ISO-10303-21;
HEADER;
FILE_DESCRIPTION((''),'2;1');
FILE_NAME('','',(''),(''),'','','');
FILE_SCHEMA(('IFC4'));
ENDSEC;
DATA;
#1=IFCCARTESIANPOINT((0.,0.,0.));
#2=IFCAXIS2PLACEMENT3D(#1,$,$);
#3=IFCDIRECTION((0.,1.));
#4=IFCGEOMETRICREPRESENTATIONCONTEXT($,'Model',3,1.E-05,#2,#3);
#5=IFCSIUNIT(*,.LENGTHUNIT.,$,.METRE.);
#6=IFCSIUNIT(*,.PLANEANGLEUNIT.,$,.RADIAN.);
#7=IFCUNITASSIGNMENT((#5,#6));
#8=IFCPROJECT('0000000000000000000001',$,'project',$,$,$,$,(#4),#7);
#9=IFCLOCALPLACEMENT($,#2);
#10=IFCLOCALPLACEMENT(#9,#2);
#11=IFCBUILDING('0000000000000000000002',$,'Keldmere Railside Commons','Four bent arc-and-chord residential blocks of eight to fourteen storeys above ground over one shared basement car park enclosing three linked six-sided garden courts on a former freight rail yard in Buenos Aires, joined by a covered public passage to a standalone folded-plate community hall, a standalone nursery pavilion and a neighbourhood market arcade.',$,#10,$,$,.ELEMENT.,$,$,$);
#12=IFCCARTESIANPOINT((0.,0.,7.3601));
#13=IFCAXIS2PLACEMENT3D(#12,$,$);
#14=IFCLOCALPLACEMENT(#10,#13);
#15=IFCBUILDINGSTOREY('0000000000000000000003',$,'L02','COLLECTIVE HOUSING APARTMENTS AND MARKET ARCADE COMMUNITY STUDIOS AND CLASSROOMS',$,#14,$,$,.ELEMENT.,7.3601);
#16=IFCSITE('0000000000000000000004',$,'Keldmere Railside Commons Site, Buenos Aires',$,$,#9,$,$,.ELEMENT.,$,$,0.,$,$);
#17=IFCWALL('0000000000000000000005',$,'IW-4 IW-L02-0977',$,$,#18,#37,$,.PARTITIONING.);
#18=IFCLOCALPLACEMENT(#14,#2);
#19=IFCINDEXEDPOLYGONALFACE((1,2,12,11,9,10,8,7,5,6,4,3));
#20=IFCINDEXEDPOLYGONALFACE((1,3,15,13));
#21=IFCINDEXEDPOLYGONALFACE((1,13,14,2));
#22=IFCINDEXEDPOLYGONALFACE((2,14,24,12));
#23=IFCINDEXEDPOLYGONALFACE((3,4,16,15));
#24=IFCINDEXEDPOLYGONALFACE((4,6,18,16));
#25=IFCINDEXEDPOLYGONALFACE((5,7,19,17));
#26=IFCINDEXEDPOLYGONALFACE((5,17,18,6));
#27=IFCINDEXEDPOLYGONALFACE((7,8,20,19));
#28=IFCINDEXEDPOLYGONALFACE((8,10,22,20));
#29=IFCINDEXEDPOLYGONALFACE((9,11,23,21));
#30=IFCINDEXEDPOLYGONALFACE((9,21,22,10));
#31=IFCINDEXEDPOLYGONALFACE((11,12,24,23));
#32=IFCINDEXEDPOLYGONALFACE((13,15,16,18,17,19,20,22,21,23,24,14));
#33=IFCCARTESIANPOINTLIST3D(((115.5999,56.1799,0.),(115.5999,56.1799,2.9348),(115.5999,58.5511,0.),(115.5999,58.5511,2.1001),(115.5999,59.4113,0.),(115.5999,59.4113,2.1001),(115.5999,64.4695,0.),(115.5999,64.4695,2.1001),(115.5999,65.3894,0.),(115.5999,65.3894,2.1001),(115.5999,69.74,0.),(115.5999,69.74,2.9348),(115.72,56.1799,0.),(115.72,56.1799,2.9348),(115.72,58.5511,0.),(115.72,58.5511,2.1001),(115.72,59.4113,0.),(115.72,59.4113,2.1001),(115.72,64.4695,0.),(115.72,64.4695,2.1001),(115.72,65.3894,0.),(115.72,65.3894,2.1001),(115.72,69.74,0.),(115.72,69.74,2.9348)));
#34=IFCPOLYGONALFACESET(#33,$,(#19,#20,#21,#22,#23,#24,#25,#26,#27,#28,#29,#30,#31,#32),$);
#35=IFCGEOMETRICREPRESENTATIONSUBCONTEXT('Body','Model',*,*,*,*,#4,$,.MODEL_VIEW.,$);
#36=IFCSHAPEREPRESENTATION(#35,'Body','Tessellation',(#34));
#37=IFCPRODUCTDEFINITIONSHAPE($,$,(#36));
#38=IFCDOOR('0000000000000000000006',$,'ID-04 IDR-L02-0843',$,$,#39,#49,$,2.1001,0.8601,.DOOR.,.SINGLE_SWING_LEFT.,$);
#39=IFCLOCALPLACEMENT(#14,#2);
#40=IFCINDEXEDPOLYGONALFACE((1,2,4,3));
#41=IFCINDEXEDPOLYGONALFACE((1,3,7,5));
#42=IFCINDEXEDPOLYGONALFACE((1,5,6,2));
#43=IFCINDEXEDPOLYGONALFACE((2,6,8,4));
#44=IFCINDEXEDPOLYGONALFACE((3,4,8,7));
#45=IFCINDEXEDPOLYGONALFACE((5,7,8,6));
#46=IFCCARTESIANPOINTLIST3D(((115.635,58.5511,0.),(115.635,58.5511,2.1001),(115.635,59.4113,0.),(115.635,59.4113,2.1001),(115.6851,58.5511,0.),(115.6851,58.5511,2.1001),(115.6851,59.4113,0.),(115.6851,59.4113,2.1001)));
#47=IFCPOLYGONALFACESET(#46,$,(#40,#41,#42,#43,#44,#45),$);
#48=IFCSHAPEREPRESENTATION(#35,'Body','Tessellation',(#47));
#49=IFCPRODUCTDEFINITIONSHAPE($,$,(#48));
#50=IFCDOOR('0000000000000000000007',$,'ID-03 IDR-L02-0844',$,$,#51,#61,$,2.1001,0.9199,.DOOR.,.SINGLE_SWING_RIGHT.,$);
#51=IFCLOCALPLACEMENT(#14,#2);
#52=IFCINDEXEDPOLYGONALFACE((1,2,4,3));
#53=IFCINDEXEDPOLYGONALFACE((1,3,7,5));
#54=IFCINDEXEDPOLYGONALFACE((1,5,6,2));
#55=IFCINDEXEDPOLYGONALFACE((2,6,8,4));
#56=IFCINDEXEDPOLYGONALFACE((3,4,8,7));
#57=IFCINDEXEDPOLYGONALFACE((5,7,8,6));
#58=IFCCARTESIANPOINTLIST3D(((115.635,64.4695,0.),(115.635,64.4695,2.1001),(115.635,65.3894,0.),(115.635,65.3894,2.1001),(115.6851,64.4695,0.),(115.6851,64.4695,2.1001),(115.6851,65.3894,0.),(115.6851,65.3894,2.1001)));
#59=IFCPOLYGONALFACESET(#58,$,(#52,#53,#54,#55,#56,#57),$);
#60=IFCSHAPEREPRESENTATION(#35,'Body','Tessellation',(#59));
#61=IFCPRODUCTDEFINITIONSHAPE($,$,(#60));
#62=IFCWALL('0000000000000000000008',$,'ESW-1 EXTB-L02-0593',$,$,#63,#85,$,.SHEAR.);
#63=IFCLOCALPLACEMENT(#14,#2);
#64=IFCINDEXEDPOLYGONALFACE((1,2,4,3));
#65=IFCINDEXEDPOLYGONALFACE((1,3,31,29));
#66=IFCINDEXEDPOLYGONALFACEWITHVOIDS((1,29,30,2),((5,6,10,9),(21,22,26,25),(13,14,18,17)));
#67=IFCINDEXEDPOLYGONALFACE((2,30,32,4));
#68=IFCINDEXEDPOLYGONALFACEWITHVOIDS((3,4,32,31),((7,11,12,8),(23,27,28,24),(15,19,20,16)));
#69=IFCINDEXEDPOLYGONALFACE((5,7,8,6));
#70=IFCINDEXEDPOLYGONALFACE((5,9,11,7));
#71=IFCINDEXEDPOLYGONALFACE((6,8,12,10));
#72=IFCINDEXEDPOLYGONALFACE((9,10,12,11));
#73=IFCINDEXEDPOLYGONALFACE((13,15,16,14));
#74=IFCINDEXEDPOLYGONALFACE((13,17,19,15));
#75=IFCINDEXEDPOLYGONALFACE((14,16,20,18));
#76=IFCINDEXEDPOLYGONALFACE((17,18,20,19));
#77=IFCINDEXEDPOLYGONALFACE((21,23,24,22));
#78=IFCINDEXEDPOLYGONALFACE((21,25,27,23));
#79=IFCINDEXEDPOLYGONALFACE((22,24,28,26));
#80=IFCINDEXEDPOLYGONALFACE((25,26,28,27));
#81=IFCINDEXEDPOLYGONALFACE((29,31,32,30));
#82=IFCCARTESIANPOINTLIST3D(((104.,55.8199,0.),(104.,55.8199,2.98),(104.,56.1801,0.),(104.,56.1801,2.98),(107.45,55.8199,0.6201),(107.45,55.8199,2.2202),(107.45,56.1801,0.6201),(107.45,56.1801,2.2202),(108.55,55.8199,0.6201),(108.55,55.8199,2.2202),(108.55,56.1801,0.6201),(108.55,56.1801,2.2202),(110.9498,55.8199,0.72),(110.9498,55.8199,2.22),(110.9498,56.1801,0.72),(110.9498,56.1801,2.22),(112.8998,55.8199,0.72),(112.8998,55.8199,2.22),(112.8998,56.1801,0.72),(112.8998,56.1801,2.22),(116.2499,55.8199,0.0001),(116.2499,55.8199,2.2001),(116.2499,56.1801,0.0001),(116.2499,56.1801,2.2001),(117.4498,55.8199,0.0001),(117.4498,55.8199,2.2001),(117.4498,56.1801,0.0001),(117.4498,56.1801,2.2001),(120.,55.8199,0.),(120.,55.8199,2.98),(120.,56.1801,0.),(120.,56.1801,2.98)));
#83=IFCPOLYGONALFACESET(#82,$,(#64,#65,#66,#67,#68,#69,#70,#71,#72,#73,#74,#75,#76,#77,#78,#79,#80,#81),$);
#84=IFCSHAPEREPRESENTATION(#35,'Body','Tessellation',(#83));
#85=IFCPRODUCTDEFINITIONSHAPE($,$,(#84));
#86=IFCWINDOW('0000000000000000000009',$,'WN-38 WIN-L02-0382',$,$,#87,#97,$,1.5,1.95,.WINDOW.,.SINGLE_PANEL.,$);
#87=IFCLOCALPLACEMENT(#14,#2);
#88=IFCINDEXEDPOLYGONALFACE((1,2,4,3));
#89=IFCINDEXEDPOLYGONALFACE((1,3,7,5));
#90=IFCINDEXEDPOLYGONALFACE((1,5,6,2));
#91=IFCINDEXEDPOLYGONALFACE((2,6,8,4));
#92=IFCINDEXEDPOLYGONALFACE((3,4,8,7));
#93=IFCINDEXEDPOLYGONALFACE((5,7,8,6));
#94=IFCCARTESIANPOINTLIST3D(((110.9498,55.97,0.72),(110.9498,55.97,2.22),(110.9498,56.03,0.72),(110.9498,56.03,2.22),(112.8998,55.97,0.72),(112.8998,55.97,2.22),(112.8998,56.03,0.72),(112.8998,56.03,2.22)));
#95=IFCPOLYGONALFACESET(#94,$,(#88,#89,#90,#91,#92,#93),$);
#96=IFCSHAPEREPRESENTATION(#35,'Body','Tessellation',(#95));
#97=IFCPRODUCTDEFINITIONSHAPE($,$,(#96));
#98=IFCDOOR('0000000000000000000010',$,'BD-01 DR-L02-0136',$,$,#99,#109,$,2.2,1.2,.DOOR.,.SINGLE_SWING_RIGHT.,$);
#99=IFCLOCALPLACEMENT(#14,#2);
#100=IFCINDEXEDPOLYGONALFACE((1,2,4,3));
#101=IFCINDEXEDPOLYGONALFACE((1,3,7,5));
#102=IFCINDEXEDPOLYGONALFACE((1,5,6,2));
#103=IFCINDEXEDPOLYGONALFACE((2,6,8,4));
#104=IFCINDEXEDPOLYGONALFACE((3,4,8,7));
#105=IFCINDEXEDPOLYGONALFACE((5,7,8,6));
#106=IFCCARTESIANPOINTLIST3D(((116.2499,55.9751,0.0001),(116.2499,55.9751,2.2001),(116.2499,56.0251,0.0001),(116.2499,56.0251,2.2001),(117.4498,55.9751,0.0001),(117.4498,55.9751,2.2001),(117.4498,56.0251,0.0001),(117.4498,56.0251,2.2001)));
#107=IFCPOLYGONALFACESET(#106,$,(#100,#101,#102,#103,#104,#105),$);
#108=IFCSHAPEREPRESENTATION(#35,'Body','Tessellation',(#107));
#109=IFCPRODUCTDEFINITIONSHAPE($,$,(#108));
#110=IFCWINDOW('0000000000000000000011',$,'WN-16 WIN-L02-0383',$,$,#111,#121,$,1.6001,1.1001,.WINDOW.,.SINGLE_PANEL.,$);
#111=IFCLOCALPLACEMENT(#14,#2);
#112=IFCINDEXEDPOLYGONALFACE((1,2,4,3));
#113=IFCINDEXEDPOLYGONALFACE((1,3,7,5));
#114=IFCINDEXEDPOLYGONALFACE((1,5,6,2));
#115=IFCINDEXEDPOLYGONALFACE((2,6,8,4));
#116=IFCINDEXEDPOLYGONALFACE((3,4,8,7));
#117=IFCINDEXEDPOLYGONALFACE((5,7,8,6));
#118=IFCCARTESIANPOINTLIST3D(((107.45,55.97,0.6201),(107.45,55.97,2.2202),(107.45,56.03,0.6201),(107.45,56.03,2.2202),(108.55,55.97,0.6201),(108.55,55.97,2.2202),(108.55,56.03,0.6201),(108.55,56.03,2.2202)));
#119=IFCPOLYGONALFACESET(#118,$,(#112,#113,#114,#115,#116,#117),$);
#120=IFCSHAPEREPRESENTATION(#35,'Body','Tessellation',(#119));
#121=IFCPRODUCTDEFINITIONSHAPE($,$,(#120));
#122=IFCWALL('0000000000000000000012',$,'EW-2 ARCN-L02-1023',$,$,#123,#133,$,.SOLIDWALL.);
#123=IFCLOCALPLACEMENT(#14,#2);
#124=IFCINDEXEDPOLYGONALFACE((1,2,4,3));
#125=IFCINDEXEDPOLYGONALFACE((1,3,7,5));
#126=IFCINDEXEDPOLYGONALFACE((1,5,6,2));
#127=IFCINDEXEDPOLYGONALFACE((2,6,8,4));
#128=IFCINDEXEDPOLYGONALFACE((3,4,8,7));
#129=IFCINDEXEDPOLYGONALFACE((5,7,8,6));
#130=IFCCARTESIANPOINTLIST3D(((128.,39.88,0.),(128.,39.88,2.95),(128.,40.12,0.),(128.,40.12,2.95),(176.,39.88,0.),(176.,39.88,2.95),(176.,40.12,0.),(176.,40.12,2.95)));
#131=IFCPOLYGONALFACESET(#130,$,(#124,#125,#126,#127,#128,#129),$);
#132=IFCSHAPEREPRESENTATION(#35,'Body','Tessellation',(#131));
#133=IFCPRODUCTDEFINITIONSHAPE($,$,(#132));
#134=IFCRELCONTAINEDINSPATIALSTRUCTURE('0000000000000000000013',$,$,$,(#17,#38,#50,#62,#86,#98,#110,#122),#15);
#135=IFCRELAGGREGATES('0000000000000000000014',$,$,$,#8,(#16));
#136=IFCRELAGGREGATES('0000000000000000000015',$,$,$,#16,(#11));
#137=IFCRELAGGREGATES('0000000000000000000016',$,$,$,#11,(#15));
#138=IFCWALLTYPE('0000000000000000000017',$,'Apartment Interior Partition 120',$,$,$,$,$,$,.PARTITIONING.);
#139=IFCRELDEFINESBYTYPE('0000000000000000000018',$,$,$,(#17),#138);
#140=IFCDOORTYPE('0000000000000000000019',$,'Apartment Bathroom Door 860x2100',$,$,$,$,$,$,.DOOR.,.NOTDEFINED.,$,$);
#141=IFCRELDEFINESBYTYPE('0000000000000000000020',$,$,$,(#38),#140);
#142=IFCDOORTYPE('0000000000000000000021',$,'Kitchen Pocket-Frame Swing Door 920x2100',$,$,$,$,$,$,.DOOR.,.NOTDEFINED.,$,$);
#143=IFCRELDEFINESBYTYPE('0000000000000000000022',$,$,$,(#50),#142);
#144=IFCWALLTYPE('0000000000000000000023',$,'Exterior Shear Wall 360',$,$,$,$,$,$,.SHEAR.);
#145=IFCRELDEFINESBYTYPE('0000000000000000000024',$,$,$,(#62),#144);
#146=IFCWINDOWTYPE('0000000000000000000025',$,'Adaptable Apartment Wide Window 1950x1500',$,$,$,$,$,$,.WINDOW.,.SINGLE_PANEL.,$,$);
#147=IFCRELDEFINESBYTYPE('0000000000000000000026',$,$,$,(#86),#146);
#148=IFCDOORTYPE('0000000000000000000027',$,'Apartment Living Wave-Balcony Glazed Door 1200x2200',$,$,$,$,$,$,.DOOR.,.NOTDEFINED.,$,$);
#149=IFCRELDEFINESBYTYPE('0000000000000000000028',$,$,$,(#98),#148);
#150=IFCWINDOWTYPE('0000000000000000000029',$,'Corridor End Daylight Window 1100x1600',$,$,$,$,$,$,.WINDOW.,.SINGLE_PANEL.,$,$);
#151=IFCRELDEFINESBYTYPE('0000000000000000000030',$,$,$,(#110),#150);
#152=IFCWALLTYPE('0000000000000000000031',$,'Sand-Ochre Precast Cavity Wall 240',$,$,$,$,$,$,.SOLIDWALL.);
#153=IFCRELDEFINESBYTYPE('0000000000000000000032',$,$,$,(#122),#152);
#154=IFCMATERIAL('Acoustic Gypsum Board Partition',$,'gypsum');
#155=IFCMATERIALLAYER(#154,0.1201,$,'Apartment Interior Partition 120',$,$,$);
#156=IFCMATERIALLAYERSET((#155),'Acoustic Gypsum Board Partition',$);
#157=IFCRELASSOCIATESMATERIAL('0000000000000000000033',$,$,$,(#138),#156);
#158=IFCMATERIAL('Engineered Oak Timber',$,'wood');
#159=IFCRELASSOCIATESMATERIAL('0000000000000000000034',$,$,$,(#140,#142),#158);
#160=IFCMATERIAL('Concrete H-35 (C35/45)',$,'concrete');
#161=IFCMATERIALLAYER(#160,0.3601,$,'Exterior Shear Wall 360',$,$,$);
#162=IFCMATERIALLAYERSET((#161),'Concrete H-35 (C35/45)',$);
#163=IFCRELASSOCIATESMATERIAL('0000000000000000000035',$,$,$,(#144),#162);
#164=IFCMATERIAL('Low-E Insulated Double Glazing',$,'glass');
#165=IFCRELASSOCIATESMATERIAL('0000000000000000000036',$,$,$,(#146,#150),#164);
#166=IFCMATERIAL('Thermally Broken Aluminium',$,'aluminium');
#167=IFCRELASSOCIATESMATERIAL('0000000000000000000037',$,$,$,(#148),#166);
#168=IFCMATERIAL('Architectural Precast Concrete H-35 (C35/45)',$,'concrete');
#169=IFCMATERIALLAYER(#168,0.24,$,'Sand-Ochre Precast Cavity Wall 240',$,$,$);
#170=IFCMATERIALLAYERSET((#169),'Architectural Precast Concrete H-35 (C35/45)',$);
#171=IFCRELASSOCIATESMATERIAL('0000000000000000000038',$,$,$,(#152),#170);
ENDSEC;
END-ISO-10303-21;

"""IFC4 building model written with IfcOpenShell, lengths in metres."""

from ifc_helpers import new_model, si_unit, direction, frame, frame_2d, origin, place, context, subcontext, project, spatial, rectangle, extrude, material, layer, layer_set, type_object, element, fill, save


model = new_model("IFC4")

# Units and contexts
model_context = context("Model", 3, precision=1e-05, world=origin(), true_north=direction((0.0, 1.0)))
body_context = subcontext(model_context, "Body", "Model", "MODEL_VIEW")
ifc_project = project(units=[si_unit("LENGTHUNIT", "METRE"), si_unit("PLANEANGLEUNIT", "RADIAN")], contexts=[model_context])

# Site, building, storey
site_placement = place(None, origin())
site = spatial("IfcSite", under=ifc_project, at=site_placement, Name="Keldmere Railside Commons Site, Buenos Aires", CompositionType="ELEMENT", RefElevation=0.0)
building_placement = place(site_placement, origin())
building = spatial("IfcBuilding", under=site, at=building_placement, Name="Keldmere Railside Commons", Description="Four bent arc-and-chord residential blocks of eight to fourteen storeys above ground over one shared basement car park enclosing three linked six-sided garden courts on a former freight rail yard in Buenos Aires, joined by a covered public passage to a standalone folded-plate community hall, a standalone nursery pavilion and a neighbourhood market arcade.", CompositionType="ELEMENT")
storey_placement = place(building_placement, frame((0.0, 0.0, 7.3601)))
storey = spatial("IfcBuildingStorey", under=building, at=storey_placement, Name="L02", Description="COLLECTIVE HOUSING APARTMENTS AND MARKET ARCADE COMMUNITY STUDIOS AND CLASSROOMS", CompositionType="ELEMENT", Elevation=7.3601)

# Shared definitions
ifc_material_1 = material(Name="Thermally Broken Aluminium", Category="aluminium")
ifc_material_2 = material(Name="Low-E Insulated Double Glazing", Category="glass")

# Wall, openings, doors
ifc_material_3 = material(Name="Acoustic Gypsum Board Partition", Category="gypsum")
ifc_layer_1 = layer(ifc_material_3, 0.1201, Name="Apartment Interior Partition 120")
ifc_layer_set_1 = layer_set([ifc_layer_1], Name="Acoustic Gypsum Board Partition")
wall_type_1 = type_object("IfcWallType", Name="Apartment Interior Partition 120", PredefinedType="PARTITIONING", material=ifc_layer_set_1)
wall_1_placement = place(storey_placement, frame((115.6599, 56.1799, 0.0), z_axis=(0.0, 0.0, 1.0), x_axis=(0.0, 1.0, 0.0)))
wall_1 = element("IfcWall", 1, at=wall_1_placement, inside=storey, type_object=wall_type_1, Name="IW-4 IW-L02-0977", PredefinedType="PARTITIONING", context=body_context, shape_type="SweptSolid", body=[
    extrude(rectangle(XDim=13.5601, YDim=0.1201, at=frame_2d((6.78, 0.0))), origin(), (0.0, 0.0, 1.0), 2.9348),
])
opening_1_placement = place(wall_1_placement, frame((2.3711, 0.0, 0.0)))
opening_1 = element("IfcOpeningElement", 2, at=opening_1_placement, cuts=wall_1, PredefinedType="OPENING", context=body_context, shape_type="SweptSolid", body=[
    extrude(rectangle(XDim=0.8601, YDim=2.1001, at=frame_2d((0.4302, 1.05))), frame((0.0, 0.0701, 0.0), z_axis=(0.0, -1.0, 0.0), x_axis=(1.0, 0.0, 0.0)), (0.0, 0.0, 1.0), 0.1401),
])
opening_2_placement = place(wall_1_placement, frame((8.2896, 0.0, 0.0)))
opening_2 = element("IfcOpeningElement", 3, at=opening_2_placement, cuts=wall_1, PredefinedType="OPENING", context=body_context, shape_type="SweptSolid", body=[
    extrude(rectangle(XDim=0.9199, YDim=2.1001, at=frame_2d((0.46, 1.05))), frame((0.0, 0.0701, 0.0), z_axis=(0.0, -1.0, 0.0), x_axis=(1.0, 0.0, 0.0)), (0.0, 0.0, 1.0), 0.1401),
])
ifc_material_4 = material(Name="Engineered Oak Timber", Category="wood")
door_type_1 = type_object("IfcDoorType", Name="Apartment Bathroom Door 860x2100", OperationType="NOTDEFINED", PredefinedType="DOOR", material=ifc_material_4)
door_1_placement = place(opening_1_placement, origin())
door_1 = element("IfcDoor", 4, at=door_1_placement, inside=storey, type_object=door_type_1, Name="ID-04 IDR-L02-0843", OperationType="SINGLE_SWING_LEFT", OverallHeight=2.1001, OverallWidth=0.8601, PredefinedType="DOOR", context=body_context, shape_type="SweptSolid", body=[
    extrude(rectangle(XDim=0.8601, YDim=2.1001, at=frame_2d((0.4302, 1.05))), frame((0.0, 0.0249, 0.0), z_axis=(0.0, -1.0, 0.0), x_axis=(1.0, 0.0, 0.0)), (0.0, 0.0, 1.0), 0.05),
])
fill(opening_1, door_1)
door_type_2 = type_object("IfcDoorType", Name="Kitchen Pocket-Frame Swing Door 920x2100", OperationType="NOTDEFINED", PredefinedType="DOOR", material=ifc_material_4)
door_2_placement = place(opening_2_placement, origin())
door_2 = element("IfcDoor", 5, at=door_2_placement, inside=storey, type_object=door_type_2, Name="ID-03 IDR-L02-0844", OperationType="SINGLE_SWING_RIGHT", OverallHeight=2.1001, OverallWidth=0.9199, PredefinedType="DOOR", context=body_context, shape_type="SweptSolid", body=[
    extrude(rectangle(XDim=0.9199, YDim=2.1001, at=frame_2d((0.46, 1.05))), frame((0.0, 0.0249, 0.0), z_axis=(0.0, -1.0, 0.0), x_axis=(1.0, 0.0, 0.0)), (0.0, 0.0, 1.0), 0.05),
])
fill(opening_2, door_2)

# Wall, openings, windows, door
ifc_material_5 = material(Name="Concrete H-35 (C35/45)", Category="concrete")
ifc_layer_2 = layer(ifc_material_5, 0.3601, Name="Exterior Shear Wall 360")
ifc_layer_set_2 = layer_set([ifc_layer_2], Name="Concrete H-35 (C35/45)")
wall_type_2 = type_object("IfcWallType", Name="Exterior Shear Wall 360", PredefinedType="SHEAR", material=ifc_layer_set_2)
wall_2_placement = place(storey_placement, frame((120.0, 56.0, 0.0), z_axis=(0.0, 0.0, 1.0), x_axis=(-1.0, 0.0, 0.0)))
wall_2 = element("IfcWall", 6, at=wall_2_placement, inside=storey, type_object=wall_type_2, Name="ESW-1 EXTB-L02-0593", PredefinedType="SHEAR", context=body_context, shape_type="SweptSolid", body=[
    extrude(rectangle(XDim=16.0, YDim=0.3601, at=frame_2d((8.0, 0.0))), origin(), (0.0, 0.0, 1.0), 2.98),
])
opening_3_placement = place(wall_2_placement, frame((2.55, 0.0, 0.0)))
opening_3 = element("IfcOpeningElement", 7, at=opening_3_placement, cuts=wall_2, PredefinedType="OPENING", context=body_context, shape_type="SweptSolid", body=[
    extrude(rectangle(XDim=1.2, YDim=2.2, at=frame_2d((0.6001, 1.1001))), frame((0.0, 0.1899, 0.0), z_axis=(0.0, -1.0, 0.0), x_axis=(1.0, 0.0, 0.0)), (0.0, 0.0, 1.0), 0.3801),
])
opening_4_placement = place(wall_2_placement, frame((7.1001, 0.0, 0.72)))
opening_4 = element("IfcOpeningElement", 8, at=opening_4_placement, cuts=wall_2, PredefinedType="OPENING", context=body_context, shape_type="SweptSolid", body=[
    extrude(rectangle(XDim=1.95, YDim=1.5, at=frame_2d((0.9751, 0.75))), frame((0.0, 0.1899, 0.0), z_axis=(0.0, -1.0, 0.0), x_axis=(1.0, 0.0, 0.0)), (0.0, 0.0, 1.0), 0.3801),
])
opening_5_placement = place(wall_2_placement, frame((11.45, 0.0, 0.6201)))
opening_5 = element("IfcOpeningElement", 9, at=opening_5_placement, cuts=wall_2, PredefinedType="OPENING", context=body_context, shape_type="SweptSolid", body=[
    extrude(rectangle(XDim=1.1001, YDim=1.6001, at=frame_2d((0.55, 0.8))), frame((0.0, 0.1899, 0.0), z_axis=(0.0, -1.0, 0.0), x_axis=(1.0, 0.0, 0.0)), (0.0, 0.0, 1.0), 0.3801),
])
window_type_1 = type_object("IfcWindowType", Name="Adaptable Apartment Wide Window 1950x1500", PartitioningType="SINGLE_PANEL", PredefinedType="WINDOW", material=ifc_material_2)
window_1_placement = place(opening_4_placement, origin())
window_1 = element("IfcWindow", 10, at=window_1_placement, inside=storey, type_object=window_type_1, Name="WN-38 WIN-L02-0382", OverallHeight=1.5, OverallWidth=1.95, PartitioningType="SINGLE_PANEL", PredefinedType="WINDOW", context=body_context, shape_type="SweptSolid", body=[
    extrude(rectangle(XDim=1.95, YDim=1.5, at=frame_2d((0.9751, 0.75))), frame((0.0, 0.03, 0.0), z_axis=(0.0, -1.0, 0.0), x_axis=(1.0, 0.0, 0.0)), (0.0, 0.0, 1.0), 0.0601),
])
fill(opening_4, window_1)
door_type_3 = type_object("IfcDoorType", Name="Apartment Living Wave-Balcony Glazed Door 1200x2200", OperationType="NOTDEFINED", PredefinedType="DOOR", material=ifc_material_1)
door_3_placement = place(opening_3_placement, origin())
door_3 = element("IfcDoor", 11, at=door_3_placement, inside=storey, type_object=door_type_3, Name="BD-01 DR-L02-0136", OperationType="SINGLE_SWING_RIGHT", OverallHeight=2.2, OverallWidth=1.2, PredefinedType="DOOR", context=body_context, shape_type="SweptSolid", body=[
    extrude(rectangle(XDim=1.2, YDim=2.2, at=frame_2d((0.6001, 1.1001))), frame((0.0, 0.0249, 0.0), z_axis=(0.0, -1.0, 0.0), x_axis=(1.0, 0.0, 0.0)), (0.0, 0.0, 1.0), 0.05),
])
fill(opening_3, door_3)
window_type_2 = type_object("IfcWindowType", Name="Corridor End Daylight Window 1100x1600", PartitioningType="SINGLE_PANEL", PredefinedType="WINDOW", material=ifc_material_2)
window_2_placement = place(opening_5_placement, origin())
window_2 = element("IfcWindow", 12, at=window_2_placement, inside=storey, type_object=window_type_2, Name="WN-16 WIN-L02-0383", OverallHeight=1.6001, OverallWidth=1.1001, PartitioningType="SINGLE_PANEL", PredefinedType="WINDOW", context=body_context, shape_type="SweptSolid", body=[
    extrude(rectangle(XDim=1.1001, YDim=1.6001, at=frame_2d((0.55, 0.8))), frame((0.0, 0.03, 0.0), z_axis=(0.0, -1.0, 0.0), x_axis=(1.0, 0.0, 0.0)), (0.0, 0.0, 1.0), 0.0601),
])
fill(opening_5, window_2)

# Wall
ifc_material_6 = material(Name="Architectural Precast Concrete H-35 (C35/45)", Category="concrete")
ifc_layer_3 = layer(ifc_material_6, 0.24, Name="Sand-Ochre Precast Cavity Wall 240")
ifc_layer_set_3 = layer_set([ifc_layer_3], Name="Architectural Precast Concrete H-35 (C35/45)")
wall_type_3 = type_object("IfcWallType", Name="Sand-Ochre Precast Cavity Wall 240", PredefinedType="SOLIDWALL", material=ifc_layer_set_3)
wall_3_placement = place(storey_placement, frame((128.0, 40.0, 0.0), z_axis=(0.0, 0.0, 1.0), x_axis=(1.0, 0.0, 0.0)))
element("IfcWall", 13, at=wall_3_placement, inside=storey, type_object=wall_type_3, Name="EW-2 ARCN-L02-1023", PredefinedType="SOLIDWALL", context=body_context, shape_type="SweptSolid", body=[
    extrude(rectangle(XDim=48.0, YDim=0.24, at=frame_2d((24.0, 0.0))), origin(), (0.0, 0.0, 1.0), 2.95),
])

save(model, "model.ifc")
